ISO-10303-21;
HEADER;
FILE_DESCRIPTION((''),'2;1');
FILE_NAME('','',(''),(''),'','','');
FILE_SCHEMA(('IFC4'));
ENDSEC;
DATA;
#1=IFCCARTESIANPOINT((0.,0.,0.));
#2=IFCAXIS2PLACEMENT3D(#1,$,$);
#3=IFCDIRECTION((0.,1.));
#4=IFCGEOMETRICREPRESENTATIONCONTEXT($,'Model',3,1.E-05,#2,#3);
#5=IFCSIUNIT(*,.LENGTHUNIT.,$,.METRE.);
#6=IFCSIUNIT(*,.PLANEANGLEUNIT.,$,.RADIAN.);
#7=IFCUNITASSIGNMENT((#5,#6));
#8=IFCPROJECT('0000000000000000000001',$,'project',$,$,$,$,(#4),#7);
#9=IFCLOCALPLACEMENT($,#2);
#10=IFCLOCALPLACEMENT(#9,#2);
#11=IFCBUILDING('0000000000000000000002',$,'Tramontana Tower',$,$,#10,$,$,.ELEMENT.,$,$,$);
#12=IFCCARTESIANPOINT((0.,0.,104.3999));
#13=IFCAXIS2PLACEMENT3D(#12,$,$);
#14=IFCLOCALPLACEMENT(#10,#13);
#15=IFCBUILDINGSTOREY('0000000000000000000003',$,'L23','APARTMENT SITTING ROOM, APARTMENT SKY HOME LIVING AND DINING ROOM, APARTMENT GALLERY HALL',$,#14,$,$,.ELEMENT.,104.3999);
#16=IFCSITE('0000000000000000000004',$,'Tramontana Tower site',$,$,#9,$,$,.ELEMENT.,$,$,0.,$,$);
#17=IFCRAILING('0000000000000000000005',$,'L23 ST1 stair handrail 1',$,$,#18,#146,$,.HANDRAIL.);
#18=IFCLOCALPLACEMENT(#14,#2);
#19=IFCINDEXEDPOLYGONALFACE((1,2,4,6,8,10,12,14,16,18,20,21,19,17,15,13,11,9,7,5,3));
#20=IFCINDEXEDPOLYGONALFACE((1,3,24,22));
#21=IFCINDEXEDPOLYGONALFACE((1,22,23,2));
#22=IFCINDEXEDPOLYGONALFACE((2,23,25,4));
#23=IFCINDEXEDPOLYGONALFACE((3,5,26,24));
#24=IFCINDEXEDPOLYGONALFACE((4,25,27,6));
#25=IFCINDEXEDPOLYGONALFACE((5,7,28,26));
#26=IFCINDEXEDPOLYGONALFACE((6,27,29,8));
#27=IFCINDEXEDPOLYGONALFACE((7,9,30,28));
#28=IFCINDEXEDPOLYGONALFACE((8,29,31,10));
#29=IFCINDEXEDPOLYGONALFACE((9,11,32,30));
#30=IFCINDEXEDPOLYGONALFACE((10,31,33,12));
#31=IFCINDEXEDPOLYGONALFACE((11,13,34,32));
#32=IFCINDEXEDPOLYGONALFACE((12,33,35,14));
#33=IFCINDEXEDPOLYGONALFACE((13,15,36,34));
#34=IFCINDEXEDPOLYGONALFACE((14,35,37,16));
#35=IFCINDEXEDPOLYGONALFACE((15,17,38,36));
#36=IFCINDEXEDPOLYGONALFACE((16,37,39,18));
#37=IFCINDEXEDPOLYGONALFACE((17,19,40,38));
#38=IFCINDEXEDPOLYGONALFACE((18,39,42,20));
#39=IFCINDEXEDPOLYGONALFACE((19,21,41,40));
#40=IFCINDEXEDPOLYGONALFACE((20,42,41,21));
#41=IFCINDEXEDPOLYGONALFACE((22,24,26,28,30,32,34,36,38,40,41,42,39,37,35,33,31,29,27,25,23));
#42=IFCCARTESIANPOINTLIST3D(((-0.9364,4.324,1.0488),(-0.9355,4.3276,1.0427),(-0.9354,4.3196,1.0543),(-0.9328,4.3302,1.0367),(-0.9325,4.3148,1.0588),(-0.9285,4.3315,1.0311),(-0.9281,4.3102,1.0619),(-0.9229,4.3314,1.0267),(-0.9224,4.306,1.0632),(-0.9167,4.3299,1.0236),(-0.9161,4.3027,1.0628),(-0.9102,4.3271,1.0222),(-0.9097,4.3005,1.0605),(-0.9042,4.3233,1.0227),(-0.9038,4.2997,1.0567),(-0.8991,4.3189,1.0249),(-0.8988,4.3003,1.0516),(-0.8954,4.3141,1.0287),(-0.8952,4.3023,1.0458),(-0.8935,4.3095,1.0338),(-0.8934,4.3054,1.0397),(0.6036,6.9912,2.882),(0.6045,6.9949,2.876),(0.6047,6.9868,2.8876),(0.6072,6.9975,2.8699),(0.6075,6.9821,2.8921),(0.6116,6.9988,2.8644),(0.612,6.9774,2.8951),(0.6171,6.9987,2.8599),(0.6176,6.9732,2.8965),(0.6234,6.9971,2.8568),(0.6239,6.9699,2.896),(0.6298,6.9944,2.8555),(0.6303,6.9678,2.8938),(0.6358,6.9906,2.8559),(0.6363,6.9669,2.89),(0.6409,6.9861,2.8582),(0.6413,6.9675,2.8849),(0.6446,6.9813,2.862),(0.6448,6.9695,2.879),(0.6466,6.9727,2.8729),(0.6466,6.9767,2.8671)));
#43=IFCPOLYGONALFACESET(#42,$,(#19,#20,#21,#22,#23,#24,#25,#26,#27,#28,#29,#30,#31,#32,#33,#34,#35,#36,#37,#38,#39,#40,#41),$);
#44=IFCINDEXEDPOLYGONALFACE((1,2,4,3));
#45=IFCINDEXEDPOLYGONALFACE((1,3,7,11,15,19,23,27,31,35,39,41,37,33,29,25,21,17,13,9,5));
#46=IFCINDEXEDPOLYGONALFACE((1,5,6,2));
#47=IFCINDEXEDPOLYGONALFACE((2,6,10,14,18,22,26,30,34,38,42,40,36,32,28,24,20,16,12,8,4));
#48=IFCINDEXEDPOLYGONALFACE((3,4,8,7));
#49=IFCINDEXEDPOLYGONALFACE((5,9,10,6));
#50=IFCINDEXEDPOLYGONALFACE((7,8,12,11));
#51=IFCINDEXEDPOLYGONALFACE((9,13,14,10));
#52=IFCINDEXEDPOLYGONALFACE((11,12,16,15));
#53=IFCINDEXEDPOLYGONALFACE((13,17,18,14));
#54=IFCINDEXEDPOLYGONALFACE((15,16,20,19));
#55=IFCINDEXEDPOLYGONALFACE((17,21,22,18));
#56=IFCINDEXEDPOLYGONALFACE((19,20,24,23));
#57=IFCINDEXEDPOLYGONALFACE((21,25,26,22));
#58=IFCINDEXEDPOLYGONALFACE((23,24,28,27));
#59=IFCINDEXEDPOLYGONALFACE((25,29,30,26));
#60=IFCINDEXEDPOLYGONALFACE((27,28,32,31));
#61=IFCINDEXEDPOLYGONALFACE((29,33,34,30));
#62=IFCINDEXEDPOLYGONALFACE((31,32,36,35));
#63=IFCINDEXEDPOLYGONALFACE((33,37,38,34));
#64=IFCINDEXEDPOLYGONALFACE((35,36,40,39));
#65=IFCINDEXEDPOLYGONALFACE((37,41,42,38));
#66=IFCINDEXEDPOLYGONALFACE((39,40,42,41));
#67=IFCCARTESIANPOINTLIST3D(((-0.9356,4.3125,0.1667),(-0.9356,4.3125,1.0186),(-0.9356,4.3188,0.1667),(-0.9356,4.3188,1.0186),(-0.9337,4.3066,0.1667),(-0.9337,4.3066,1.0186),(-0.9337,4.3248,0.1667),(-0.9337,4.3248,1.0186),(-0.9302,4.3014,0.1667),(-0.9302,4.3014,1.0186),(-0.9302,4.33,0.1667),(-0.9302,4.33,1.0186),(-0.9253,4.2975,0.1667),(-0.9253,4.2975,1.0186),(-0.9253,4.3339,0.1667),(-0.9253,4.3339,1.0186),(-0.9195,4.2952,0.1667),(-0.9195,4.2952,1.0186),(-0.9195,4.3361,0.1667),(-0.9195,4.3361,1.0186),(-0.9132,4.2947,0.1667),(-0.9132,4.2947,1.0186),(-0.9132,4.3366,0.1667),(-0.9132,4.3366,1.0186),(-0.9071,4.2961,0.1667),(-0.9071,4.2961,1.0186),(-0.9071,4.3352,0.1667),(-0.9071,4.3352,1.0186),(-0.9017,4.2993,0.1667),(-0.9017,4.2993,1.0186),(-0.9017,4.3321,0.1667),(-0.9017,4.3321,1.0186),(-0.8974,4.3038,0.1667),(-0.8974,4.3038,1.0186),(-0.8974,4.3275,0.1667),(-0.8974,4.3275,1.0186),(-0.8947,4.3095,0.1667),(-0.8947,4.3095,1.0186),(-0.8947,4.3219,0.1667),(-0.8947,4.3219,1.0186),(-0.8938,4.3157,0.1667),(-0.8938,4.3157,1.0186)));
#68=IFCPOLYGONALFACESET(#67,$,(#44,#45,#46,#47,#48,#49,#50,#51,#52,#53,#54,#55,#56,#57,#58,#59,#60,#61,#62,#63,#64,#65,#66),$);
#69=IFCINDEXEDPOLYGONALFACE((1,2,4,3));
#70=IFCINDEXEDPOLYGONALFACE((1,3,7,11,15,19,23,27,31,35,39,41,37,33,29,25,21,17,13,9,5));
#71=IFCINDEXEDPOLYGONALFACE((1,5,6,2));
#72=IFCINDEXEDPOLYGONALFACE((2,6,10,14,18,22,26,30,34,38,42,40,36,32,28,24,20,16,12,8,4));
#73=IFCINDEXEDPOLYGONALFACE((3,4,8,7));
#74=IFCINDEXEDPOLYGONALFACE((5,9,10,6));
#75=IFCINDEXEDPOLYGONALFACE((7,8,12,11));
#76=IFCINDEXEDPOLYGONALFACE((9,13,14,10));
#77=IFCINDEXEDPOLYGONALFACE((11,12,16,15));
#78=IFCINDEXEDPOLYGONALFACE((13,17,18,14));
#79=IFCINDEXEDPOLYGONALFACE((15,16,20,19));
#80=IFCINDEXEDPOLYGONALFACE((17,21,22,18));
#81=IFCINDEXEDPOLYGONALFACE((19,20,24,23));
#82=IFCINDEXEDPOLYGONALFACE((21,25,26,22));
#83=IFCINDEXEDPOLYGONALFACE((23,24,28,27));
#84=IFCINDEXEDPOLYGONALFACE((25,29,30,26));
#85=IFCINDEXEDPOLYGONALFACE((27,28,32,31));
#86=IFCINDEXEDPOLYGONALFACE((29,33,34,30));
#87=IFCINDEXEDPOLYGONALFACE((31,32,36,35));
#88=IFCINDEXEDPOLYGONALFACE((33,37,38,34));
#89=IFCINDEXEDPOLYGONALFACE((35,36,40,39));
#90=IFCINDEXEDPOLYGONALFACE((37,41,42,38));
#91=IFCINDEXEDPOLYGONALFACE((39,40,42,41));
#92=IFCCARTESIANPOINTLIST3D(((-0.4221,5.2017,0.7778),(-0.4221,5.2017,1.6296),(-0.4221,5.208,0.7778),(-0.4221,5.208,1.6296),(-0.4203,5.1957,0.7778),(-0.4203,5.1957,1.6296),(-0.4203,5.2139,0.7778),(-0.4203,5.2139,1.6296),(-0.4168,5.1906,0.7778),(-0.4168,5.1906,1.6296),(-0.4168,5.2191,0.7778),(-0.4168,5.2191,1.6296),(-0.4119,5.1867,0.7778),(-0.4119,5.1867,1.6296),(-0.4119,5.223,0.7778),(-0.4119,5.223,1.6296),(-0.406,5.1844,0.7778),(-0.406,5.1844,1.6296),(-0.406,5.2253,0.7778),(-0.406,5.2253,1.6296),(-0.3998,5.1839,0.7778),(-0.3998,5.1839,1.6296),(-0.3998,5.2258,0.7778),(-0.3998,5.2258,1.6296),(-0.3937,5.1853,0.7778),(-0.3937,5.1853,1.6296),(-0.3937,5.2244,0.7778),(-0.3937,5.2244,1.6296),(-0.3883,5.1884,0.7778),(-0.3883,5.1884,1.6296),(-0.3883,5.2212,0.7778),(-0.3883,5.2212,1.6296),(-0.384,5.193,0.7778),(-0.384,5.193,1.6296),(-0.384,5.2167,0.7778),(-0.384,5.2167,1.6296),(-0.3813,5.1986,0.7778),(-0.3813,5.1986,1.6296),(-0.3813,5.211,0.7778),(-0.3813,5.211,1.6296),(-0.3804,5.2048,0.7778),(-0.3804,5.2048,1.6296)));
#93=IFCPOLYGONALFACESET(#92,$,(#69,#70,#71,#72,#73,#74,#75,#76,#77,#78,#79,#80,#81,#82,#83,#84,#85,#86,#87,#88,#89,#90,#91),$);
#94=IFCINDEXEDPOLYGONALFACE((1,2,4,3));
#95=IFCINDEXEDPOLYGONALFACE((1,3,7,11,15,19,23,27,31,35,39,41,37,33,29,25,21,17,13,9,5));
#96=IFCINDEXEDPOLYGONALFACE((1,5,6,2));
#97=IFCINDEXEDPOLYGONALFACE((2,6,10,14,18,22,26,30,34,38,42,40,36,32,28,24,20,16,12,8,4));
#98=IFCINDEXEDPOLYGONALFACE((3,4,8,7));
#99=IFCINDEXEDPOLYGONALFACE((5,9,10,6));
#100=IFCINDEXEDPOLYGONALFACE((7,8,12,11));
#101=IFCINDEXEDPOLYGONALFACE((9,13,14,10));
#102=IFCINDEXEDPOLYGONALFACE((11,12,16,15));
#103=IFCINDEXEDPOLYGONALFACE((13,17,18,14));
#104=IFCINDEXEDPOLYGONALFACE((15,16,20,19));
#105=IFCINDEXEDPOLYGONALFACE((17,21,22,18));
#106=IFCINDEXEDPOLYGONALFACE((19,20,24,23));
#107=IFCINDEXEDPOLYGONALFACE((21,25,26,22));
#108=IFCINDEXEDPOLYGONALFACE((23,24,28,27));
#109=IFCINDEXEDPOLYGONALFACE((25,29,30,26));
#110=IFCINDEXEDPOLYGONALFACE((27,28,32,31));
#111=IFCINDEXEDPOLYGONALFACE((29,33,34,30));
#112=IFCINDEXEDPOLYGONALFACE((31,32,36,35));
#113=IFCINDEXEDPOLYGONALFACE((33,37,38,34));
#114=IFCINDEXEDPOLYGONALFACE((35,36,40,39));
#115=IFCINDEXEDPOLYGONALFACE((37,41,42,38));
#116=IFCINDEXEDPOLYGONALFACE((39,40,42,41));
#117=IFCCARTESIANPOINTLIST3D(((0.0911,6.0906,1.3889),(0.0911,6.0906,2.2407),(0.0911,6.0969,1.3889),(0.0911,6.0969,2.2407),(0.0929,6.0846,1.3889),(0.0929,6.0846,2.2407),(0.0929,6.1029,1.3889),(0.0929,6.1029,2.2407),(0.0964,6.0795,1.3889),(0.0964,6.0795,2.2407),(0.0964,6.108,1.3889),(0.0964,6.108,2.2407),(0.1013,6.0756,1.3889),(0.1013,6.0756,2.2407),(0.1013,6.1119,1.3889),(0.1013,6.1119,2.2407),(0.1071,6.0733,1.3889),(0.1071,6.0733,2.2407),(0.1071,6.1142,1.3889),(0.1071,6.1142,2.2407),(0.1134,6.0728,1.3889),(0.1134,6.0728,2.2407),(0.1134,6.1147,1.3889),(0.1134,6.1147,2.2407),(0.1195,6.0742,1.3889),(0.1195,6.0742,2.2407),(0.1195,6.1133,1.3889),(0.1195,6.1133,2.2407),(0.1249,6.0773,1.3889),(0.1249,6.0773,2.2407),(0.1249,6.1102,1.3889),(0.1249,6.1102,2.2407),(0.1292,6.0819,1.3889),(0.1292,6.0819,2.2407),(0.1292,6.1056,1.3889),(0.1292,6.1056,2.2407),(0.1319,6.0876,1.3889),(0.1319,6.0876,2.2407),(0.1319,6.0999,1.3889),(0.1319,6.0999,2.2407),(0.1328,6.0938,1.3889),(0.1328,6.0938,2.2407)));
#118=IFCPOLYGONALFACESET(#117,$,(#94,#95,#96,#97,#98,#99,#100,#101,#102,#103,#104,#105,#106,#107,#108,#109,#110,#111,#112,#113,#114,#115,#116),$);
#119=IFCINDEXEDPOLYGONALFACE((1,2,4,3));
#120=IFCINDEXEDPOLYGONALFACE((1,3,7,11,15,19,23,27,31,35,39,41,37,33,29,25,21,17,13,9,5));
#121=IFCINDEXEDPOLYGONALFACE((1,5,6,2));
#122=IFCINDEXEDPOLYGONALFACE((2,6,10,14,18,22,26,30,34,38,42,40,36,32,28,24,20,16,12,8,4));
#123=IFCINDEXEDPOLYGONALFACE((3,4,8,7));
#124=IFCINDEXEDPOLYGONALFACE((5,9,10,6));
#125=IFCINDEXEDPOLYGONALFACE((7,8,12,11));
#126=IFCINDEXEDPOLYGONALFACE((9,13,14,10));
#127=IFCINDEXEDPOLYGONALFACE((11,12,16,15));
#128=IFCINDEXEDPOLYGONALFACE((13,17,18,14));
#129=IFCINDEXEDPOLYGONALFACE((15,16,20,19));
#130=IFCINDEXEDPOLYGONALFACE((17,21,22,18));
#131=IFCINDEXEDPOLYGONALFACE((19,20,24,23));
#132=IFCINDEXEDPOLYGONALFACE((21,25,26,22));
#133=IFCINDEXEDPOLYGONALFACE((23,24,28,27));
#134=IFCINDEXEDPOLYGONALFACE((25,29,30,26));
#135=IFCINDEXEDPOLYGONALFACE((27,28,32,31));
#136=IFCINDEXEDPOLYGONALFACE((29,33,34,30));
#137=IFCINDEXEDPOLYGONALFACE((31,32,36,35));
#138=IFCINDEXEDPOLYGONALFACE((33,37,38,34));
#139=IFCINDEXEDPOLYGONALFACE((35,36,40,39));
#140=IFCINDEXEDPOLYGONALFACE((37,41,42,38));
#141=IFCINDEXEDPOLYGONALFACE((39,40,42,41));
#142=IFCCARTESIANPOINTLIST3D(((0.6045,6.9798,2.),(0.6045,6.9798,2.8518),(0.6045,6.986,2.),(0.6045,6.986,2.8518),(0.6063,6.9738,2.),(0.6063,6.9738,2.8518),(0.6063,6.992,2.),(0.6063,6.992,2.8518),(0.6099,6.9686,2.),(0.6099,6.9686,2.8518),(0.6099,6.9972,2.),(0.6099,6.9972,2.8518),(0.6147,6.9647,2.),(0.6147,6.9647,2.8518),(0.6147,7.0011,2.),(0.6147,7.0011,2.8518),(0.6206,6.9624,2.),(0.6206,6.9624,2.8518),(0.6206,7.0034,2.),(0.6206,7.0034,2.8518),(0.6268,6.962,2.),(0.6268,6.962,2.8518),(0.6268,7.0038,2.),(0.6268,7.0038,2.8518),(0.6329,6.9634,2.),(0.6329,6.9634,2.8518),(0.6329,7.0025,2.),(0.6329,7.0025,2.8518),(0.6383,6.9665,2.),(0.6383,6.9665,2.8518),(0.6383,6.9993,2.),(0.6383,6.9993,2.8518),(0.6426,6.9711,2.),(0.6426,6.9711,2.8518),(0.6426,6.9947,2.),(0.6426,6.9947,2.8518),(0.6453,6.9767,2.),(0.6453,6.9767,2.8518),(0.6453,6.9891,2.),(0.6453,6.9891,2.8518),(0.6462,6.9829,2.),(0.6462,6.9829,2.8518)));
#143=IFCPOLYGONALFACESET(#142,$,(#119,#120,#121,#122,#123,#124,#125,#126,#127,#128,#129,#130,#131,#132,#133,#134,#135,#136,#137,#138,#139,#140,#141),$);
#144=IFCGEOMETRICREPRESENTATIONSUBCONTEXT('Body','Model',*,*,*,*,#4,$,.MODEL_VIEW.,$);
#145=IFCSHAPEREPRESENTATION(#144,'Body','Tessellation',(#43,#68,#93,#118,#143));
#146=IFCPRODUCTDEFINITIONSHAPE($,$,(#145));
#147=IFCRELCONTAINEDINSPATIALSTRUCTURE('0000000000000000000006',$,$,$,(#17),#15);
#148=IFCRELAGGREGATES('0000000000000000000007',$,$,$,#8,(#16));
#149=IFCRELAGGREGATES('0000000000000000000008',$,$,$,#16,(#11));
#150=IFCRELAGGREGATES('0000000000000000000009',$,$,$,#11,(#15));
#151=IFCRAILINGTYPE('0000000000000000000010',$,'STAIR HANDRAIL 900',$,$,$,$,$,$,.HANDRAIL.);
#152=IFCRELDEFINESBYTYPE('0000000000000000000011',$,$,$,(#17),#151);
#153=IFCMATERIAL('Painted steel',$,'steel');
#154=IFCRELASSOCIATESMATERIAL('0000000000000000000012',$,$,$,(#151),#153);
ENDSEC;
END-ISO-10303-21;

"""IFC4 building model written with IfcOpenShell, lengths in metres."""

from ifc_helpers import new_model, si_unit, direction, frame, origin, origin_2d, place, context, subcontext, project, spatial, circle, extrude, material, type_object, element, save


model = new_model("IFC4")

# Units and contexts
model_context = context("Model", 3, precision=1e-05, world=origin(), true_north=direction((0.0, 1.0)))
body_context = subcontext(model_context, "Body", "Model", "MODEL_VIEW")
ifc_project = project(units=[si_unit("LENGTHUNIT", "METRE"), si_unit("PLANEANGLEUNIT", "RADIAN")], contexts=[model_context])

# Site, building, storey
site_placement = place(None, origin())
site = spatial("IfcSite", under=ifc_project, at=site_placement, Name="Tramontana Tower site", CompositionType="ELEMENT", RefElevation=0.0)
building_placement = place(site_placement, origin())
building = spatial("IfcBuilding", under=site, at=building_placement, Name="Tramontana Tower", CompositionType="ELEMENT")
storey_placement = place(building_placement, frame((0.0, 0.0, 104.3999)))
storey = spatial("IfcBuildingStorey", under=building, at=storey_placement, Name="L23", Description="APARTMENT SITTING ROOM, APARTMENT SKY HOME LIVING AND DINING ROOM, APARTMENT GALLERY HALL", CompositionType="ELEMENT", Elevation=104.3999)

# Railing
ifc_material_1 = material(Name="Painted steel", Category="steel")
railing_type_1 = type_object("IfcRailingType", Name="STAIR HANDRAIL 900", PredefinedType="HANDRAIL", material=ifc_material_1)
railing_1_placement = place(storey_placement, frame((-0.9148, 4.3157, 0.1667)))
element("IfcRailing", 1, at=railing_1_placement, inside=storey, type_object=railing_type_1, Name="L23 ST1 stair handrail 1", PredefinedType="HANDRAIL", context=body_context, shape_type="SweptSolid", body=[
    extrude(circle(Radius=0.0239, at=origin_2d()), frame((0.0, 0.0, 0.876), z_axis=(0.429671, 0.744159, 0.511478), x_axis=(-0.86601, 0.500027, 0.0)), (0.0, 0.0, 1.0), 3.5842),
    extrude(circle(Radius=0.021, at=origin_2d()), origin(), (0.0, 0.0, 1.0), 0.8518),
    extrude(circle(Radius=0.021, at=origin_2d()), frame((0.5134, 0.8892, 0.6111)), (0.0, 0.0, 1.0), 0.8518),
    extrude(circle(Radius=0.021, at=origin_2d()), frame((1.0266, 1.7781, 1.2222)), (0.0, 0.0, 1.0), 0.8518),
    extrude(circle(Radius=0.021, at=origin_2d()), frame((1.54, 2.6672, 1.8333)), (0.0, 0.0, 1.0), 0.8518),
])

save(model, "model.ifc")
